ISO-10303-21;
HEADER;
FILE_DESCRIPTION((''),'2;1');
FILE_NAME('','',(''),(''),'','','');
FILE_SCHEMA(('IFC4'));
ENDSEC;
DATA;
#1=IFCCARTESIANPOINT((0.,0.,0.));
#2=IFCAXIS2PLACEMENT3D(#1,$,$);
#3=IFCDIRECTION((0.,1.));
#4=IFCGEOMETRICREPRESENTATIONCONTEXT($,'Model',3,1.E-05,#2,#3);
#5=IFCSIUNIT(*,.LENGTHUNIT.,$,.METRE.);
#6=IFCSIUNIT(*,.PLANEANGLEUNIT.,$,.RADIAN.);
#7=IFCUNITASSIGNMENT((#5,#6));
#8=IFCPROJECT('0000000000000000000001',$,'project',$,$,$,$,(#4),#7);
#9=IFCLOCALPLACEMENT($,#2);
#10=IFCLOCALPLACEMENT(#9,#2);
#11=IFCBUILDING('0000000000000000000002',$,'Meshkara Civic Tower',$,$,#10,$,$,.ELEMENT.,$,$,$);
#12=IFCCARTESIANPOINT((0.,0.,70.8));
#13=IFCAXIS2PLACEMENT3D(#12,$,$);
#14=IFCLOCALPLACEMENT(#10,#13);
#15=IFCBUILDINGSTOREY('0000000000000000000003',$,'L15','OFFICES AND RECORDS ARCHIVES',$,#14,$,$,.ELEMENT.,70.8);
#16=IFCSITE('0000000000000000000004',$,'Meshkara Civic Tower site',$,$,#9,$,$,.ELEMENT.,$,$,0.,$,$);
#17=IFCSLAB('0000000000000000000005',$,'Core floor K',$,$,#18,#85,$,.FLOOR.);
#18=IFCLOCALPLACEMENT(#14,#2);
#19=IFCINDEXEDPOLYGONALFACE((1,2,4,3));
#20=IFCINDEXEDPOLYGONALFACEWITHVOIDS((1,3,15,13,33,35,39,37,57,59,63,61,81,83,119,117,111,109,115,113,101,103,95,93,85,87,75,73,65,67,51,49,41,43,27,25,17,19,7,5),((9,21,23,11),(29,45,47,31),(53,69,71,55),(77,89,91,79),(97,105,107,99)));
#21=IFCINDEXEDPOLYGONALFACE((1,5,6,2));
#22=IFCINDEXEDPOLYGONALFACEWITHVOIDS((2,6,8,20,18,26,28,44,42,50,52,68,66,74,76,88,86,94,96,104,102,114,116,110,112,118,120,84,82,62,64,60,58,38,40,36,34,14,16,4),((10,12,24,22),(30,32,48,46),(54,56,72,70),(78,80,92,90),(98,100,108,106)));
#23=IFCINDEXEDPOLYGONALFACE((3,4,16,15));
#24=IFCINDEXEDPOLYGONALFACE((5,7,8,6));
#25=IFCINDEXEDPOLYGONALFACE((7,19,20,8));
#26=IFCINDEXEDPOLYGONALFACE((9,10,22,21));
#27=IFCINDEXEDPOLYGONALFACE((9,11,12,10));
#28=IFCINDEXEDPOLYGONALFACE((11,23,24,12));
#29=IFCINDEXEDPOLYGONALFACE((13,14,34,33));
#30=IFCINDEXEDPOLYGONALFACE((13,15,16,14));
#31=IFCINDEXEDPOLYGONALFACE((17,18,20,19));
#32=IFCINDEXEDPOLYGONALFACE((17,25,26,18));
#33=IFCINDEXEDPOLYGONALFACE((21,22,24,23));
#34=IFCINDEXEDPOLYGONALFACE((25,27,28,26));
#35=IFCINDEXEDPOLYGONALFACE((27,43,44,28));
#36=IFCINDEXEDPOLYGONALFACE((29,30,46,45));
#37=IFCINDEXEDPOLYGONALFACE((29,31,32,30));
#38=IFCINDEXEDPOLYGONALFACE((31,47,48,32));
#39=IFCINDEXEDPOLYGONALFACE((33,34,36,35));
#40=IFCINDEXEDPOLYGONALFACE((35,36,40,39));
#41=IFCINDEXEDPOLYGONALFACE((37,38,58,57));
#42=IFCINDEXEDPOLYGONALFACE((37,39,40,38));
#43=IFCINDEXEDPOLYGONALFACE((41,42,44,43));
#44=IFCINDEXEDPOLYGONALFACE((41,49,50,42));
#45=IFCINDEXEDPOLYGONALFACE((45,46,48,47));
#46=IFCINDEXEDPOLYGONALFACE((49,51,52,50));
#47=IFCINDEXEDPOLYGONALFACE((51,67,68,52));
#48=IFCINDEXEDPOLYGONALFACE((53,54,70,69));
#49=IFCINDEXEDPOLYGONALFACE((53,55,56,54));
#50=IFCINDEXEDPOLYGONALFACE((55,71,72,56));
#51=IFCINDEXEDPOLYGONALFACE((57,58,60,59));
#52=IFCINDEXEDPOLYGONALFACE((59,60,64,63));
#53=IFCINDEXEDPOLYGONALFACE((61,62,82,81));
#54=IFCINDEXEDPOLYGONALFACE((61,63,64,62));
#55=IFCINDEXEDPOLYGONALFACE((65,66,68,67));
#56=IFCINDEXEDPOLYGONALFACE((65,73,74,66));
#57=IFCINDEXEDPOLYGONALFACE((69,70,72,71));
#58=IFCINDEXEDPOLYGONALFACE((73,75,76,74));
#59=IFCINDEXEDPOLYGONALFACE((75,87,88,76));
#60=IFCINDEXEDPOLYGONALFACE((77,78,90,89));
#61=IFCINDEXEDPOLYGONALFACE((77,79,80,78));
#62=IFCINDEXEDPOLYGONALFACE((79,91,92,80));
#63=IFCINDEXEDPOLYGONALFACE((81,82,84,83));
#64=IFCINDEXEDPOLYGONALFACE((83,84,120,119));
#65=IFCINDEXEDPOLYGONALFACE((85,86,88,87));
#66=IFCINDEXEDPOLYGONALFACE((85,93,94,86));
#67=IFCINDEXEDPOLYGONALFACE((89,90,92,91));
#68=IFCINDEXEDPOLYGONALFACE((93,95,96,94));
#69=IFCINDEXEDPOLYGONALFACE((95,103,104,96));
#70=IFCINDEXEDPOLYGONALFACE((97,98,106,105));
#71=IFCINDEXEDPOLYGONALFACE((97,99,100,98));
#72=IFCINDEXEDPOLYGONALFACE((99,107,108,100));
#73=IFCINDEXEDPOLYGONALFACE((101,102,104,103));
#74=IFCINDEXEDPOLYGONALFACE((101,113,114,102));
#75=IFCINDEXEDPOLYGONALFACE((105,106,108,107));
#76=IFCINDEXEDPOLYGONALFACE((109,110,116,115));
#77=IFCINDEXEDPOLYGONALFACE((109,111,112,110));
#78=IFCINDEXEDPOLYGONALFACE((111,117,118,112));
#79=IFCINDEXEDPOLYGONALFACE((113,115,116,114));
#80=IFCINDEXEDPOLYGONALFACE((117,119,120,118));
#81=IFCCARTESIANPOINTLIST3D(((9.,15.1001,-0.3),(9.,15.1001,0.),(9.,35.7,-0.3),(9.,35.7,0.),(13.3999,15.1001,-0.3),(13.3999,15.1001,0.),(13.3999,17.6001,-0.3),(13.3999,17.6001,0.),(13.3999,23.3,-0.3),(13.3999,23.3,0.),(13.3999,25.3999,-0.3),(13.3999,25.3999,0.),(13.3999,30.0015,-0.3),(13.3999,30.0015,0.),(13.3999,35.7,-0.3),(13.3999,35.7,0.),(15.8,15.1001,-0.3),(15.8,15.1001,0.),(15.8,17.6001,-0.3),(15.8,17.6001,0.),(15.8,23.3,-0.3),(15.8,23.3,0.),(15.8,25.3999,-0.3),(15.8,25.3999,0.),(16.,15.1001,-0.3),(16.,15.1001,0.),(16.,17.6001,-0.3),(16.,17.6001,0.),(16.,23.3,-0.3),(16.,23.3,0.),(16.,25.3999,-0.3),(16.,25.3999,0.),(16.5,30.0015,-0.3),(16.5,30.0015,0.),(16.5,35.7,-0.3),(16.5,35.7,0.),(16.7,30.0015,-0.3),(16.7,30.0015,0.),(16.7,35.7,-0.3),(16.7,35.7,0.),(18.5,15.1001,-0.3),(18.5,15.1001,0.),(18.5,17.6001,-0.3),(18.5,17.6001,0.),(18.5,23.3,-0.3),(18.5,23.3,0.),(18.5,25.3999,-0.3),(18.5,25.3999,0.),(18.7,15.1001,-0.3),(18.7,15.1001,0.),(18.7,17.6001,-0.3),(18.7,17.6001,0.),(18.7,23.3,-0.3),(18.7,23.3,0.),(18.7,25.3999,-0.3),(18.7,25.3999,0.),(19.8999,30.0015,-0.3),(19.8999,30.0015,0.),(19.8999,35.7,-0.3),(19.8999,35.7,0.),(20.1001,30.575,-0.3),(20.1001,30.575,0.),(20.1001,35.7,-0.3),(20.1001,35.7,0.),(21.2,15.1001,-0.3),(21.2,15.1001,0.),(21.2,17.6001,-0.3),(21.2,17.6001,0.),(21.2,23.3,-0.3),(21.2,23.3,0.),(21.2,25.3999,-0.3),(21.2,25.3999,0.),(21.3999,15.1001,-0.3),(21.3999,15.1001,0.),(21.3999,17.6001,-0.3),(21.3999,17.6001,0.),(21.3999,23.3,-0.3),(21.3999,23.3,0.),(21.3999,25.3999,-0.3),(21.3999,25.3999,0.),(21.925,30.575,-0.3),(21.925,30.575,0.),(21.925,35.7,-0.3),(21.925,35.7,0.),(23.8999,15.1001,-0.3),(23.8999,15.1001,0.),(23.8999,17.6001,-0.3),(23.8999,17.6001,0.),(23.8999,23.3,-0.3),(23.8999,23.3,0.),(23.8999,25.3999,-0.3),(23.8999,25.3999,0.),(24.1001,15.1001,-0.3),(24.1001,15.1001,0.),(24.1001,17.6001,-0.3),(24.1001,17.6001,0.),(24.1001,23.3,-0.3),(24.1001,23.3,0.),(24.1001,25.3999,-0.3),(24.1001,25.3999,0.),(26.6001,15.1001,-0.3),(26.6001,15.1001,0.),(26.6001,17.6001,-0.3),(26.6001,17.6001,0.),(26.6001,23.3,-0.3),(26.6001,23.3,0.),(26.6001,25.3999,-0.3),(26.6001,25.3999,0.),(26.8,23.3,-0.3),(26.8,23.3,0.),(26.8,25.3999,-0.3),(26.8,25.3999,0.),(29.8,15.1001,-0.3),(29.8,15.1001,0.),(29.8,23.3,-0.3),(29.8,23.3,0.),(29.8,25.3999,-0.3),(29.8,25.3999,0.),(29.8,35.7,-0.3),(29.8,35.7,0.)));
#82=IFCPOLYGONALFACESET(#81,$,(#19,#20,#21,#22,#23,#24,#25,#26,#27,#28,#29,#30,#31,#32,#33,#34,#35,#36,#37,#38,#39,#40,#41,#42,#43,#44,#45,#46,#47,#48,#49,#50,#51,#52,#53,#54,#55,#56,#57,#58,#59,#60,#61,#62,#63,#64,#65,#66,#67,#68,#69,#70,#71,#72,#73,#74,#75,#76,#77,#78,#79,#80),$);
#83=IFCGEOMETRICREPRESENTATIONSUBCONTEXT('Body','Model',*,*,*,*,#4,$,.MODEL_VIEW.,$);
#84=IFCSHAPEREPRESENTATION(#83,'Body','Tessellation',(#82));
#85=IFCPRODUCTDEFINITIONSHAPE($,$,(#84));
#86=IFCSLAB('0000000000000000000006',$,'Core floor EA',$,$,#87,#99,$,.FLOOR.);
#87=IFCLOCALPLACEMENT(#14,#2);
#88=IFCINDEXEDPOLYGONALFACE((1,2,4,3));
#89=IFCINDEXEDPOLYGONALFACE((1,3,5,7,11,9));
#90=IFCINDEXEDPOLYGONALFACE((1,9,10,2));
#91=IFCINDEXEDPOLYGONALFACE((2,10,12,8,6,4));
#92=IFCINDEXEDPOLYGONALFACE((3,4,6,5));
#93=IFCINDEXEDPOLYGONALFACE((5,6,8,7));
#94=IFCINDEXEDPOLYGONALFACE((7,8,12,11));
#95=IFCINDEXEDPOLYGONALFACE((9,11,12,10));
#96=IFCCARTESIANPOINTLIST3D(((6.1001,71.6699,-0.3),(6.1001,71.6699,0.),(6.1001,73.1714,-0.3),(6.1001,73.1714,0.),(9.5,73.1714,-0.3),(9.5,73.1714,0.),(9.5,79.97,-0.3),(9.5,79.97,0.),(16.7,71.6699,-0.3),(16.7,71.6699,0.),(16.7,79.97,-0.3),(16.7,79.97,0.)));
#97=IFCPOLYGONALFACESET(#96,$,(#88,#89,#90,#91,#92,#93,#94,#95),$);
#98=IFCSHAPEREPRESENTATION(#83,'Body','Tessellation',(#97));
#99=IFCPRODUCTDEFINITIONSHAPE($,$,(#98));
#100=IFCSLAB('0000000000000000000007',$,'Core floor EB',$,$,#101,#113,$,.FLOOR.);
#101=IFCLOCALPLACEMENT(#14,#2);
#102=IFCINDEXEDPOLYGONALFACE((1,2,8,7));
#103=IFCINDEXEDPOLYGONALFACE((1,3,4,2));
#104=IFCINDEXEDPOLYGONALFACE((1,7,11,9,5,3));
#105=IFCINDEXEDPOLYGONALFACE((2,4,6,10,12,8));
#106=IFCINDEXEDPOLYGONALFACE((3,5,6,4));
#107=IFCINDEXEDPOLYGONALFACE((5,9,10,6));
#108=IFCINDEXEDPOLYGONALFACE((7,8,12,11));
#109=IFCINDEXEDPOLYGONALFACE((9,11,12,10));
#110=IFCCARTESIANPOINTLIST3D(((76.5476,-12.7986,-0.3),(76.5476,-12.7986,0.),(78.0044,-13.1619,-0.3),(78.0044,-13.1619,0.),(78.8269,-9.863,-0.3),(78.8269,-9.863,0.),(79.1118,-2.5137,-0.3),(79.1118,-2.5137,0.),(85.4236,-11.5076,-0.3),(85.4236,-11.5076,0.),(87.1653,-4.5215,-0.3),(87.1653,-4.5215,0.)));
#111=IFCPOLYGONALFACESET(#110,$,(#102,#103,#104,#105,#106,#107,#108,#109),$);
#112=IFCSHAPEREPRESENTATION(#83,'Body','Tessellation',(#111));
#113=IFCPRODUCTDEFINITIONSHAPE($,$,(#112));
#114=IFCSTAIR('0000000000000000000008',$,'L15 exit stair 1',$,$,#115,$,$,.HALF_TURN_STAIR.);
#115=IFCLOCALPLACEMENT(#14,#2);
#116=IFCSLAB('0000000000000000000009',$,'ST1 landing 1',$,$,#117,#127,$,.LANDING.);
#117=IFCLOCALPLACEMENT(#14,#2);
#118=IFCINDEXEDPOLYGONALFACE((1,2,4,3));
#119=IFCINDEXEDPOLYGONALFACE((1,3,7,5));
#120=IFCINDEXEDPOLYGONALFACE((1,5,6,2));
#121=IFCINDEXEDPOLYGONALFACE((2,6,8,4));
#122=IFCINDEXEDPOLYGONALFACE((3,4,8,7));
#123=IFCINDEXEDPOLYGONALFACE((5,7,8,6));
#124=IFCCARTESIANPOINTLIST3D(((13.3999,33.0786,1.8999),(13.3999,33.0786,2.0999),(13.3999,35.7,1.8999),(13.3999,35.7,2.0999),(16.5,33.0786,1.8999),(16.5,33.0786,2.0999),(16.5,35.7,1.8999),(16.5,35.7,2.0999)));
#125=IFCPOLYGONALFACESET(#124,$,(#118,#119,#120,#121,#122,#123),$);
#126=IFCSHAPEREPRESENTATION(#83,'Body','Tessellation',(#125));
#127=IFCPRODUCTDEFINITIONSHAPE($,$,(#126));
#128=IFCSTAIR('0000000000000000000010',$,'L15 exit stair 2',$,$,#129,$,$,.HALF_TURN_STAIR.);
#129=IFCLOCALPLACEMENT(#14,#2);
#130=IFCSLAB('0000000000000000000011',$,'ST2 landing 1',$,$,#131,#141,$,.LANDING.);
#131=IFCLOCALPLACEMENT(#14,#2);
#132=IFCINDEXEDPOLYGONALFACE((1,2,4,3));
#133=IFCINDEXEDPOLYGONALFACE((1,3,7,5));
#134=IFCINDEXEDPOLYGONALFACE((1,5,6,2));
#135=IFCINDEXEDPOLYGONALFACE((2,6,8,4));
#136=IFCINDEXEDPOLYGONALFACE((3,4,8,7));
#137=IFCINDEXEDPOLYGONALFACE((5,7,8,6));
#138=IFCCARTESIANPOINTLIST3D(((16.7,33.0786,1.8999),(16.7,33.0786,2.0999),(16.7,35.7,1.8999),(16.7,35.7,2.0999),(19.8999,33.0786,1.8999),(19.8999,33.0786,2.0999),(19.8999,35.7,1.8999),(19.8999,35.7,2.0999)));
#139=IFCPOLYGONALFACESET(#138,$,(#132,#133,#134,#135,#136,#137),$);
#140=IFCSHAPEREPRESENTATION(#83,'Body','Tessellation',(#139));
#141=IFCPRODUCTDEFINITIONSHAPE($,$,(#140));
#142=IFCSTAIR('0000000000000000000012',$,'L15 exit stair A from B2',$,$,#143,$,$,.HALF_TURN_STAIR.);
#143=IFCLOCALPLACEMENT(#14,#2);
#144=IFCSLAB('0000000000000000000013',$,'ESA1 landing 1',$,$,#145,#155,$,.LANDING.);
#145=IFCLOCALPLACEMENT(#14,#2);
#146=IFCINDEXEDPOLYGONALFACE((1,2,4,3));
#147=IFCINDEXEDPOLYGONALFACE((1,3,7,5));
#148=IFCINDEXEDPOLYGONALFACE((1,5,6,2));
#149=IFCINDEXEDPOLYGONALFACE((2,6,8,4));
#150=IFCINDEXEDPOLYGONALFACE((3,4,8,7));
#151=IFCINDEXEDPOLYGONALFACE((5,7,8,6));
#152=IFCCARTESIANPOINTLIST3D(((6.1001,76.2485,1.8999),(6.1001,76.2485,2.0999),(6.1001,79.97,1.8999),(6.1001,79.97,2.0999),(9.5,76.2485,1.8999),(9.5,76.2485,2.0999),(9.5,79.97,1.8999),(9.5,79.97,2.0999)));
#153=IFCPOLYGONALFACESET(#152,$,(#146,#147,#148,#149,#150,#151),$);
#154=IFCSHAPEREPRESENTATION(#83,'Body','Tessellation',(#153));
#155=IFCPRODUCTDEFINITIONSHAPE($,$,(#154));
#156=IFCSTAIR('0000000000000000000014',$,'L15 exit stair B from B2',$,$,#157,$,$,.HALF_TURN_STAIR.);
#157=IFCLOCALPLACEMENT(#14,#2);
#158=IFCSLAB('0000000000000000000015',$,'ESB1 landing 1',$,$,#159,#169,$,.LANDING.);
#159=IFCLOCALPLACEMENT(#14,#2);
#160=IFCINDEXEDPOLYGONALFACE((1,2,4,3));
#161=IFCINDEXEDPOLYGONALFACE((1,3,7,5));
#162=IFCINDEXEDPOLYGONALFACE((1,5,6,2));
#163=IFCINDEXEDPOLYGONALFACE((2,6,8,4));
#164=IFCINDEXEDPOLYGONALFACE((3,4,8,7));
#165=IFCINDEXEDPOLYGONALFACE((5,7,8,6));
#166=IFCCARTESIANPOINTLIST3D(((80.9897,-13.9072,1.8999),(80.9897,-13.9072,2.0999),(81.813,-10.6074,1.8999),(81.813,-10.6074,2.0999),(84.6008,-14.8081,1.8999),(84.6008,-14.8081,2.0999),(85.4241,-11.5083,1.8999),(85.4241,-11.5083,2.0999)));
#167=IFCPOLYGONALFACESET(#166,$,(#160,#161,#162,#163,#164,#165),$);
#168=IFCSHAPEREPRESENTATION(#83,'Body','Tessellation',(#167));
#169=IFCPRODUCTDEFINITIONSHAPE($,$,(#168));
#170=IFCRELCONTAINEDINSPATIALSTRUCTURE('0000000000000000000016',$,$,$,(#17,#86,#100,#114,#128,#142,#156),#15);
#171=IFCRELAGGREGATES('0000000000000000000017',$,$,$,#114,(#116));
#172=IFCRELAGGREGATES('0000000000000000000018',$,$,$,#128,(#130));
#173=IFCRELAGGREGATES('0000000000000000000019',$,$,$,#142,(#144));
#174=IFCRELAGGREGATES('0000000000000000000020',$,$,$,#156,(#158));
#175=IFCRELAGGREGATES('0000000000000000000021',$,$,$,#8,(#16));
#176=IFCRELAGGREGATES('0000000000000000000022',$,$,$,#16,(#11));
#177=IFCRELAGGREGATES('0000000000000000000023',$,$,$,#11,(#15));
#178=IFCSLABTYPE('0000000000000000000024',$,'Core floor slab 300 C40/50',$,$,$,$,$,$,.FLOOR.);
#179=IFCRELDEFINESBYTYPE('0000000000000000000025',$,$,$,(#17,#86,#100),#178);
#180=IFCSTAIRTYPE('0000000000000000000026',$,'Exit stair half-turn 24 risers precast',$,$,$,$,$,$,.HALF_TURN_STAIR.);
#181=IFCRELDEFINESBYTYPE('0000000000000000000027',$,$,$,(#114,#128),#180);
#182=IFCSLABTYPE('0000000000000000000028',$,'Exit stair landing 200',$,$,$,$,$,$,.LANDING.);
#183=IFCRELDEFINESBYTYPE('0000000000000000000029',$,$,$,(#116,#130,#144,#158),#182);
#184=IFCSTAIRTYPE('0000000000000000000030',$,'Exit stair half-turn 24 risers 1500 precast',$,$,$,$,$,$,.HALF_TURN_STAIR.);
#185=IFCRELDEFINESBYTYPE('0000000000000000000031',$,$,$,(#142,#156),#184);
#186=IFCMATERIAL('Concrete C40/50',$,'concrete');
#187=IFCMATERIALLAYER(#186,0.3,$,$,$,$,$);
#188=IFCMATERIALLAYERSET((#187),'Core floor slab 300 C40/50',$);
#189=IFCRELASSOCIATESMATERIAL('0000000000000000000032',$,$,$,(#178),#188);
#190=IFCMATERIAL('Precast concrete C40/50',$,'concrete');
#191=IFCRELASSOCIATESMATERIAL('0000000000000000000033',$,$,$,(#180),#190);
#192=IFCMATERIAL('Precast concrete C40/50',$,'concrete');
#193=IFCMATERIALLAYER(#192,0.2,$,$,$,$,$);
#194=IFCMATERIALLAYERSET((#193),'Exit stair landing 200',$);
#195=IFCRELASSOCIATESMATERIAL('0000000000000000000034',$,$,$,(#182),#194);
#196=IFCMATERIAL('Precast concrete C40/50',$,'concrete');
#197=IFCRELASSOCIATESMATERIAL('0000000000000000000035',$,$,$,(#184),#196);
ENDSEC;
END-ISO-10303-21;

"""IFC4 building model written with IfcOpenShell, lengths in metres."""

from ifc_helpers import new_model, si_unit, direction, frame, origin, place, context, subcontext, project, spatial, polyline, outline, extrude, material, layer, layer_set, type_object, element, aggregate, save


model = new_model("IFC4")

# Units and contexts
model_context = context("Model", 3, precision=1e-05, world=origin(), true_north=direction((0.0, 1.0)))
body_context = subcontext(model_context, "Body", "Model", "MODEL_VIEW")
ifc_project = project(units=[si_unit("LENGTHUNIT", "METRE"), si_unit("PLANEANGLEUNIT", "RADIAN")], contexts=[model_context])

# Site, building, storey
site_placement = place(None, origin())
site = spatial("IfcSite", under=ifc_project, at=site_placement, Name="Meshkara Civic Tower site", CompositionType="ELEMENT", RefElevation=0.0)
building_placement = place(site_placement, origin())
building = spatial("IfcBuilding", under=site, at=building_placement, Name="Meshkara Civic Tower", CompositionType="ELEMENT")
storey_placement = place(building_placement, frame((0.0, 0.0, 70.8)))
storey = spatial("IfcBuildingStorey", under=building, at=storey_placement, Name="L15", Description="OFFICES AND RECORDS ARCHIVES", CompositionType="ELEMENT", Elevation=70.8)

# Slabs
ifc_material_1 = material(Name="Concrete C40/50", Category="concrete")
ifc_layer_1 = layer(ifc_material_1, 0.3)
ifc_layer_set_1 = layer_set([ifc_layer_1], Name="Core floor slab 300 C40/50")
slab_type_1 = type_object("IfcSlabType", Name="Core floor slab 300 C40/50", PredefinedType="FLOOR", material=ifc_layer_set_1)
slab_1_placement = place(storey_placement, frame((0.0, 0.0, -0.3)))
element("IfcSlab", 1, at=slab_1_placement, inside=storey, type_object=slab_type_1, Name="Core floor K", PredefinedType="FLOOR", context=body_context, shape_type="SweptSolid", body=[
    extrude(outline(polyline([(9.0, 35.7), (13.3999, 35.7), (13.3999, 30.0015), (16.5, 30.0015), (16.5, 35.7), (16.7, 35.7), (16.7, 30.0015), (19.8999, 30.0015), (19.8999, 35.7), (20.1001, 35.7), (20.1001, 30.575), (21.925, 30.575), (21.925, 35.7), (29.8, 35.7), (29.8, 25.3999), (26.8, 25.3999), (26.8, 23.3), (29.8, 23.3), (29.8, 15.1001), (26.6001, 15.1001), (26.6001, 17.6001), (24.1001, 17.6001), (24.1001, 15.1001), (23.8999, 15.1001), (23.8999, 17.6001), (21.3999, 17.6001), (21.3999, 15.1001), (21.2, 15.1001), (21.2, 17.6001), (18.7, 17.6001), (18.7, 15.1001), (18.5, 15.1001), (18.5, 17.6001), (16.0, 17.6001), (16.0, 15.1001), (15.8, 15.1001), (15.8, 17.6001), (13.3999, 17.6001), (13.3999, 15.1001), (9.0, 15.1001), (9.0, 35.7)]), holes=[polyline([(13.3999, 25.3999), (13.3999, 23.3), (15.8, 23.3), (15.8, 25.3999), (13.3999, 25.3999)]), polyline([(18.5, 23.3), (18.5, 25.3999), (16.0, 25.3999), (16.0, 23.3), (18.5, 23.3)]), polyline([(18.7, 25.3999), (18.7, 23.3), (21.2, 23.3), (21.2, 25.3999), (18.7, 25.3999)]), polyline([(23.8999, 23.3), (23.8999, 25.3999), (21.3999, 25.3999), (21.3999, 23.3), (23.8999, 23.3)]), polyline([(26.6001, 23.3), (26.6001, 25.3999), (24.1001, 25.3999), (24.1001, 23.3), (26.6001, 23.3)])]), origin(), (0.0, 0.0, 1.0), 0.3),
])
slab_2_placement = place(storey_placement, frame((0.0, 0.0, -0.3)))
element("IfcSlab", 2, at=slab_2_placement, inside=storey, type_object=slab_type_1, Name="Core floor EA", PredefinedType="FLOOR", context=body_context, shape_type="SweptSolid", body=[
    extrude(outline(polyline([(16.7, 71.6699), (16.7, 79.97), (9.5, 79.97), (9.5, 73.1714), (6.1001, 73.1714), (6.1001, 71.6699), (16.7, 71.6699)])), origin(), (0.0, 0.0, 1.0), 0.3),
])
slab_3_placement = place(storey_placement, frame((0.0, 0.0, -0.3)))
element("IfcSlab", 3, at=slab_3_placement, inside=storey, type_object=slab_type_1, Name="Core floor EB", PredefinedType="FLOOR", context=body_context, shape_type="SweptSolid", body=[
    extrude(outline(polyline([(79.1118, -2.5137), (87.1653, -4.5215), (85.4236, -11.5076), (78.8269, -9.863), (78.0044, -13.1619), (76.5476, -12.7986), (79.1118, -2.5137)])), origin(), (0.0, 0.0, 1.0), 0.3),
])

# Stairs, slabs
ifc_material_2 = material(Name="Precast concrete C40/50", Category="concrete")
stair_type_1 = type_object("IfcStairType", Name="Exit stair half-turn 24 risers precast", PredefinedType="HALF_TURN_STAIR", material=ifc_material_2)
stair_1_placement = place(storey_placement, origin())
stair_1 = element("IfcStair", 4, at=stair_1_placement, inside=storey, type_object=stair_type_1, Name="L15 exit stair 1", PredefinedType="HALF_TURN_STAIR")
ifc_material_3 = material(Name="Precast concrete C40/50", Category="concrete")
ifc_layer_2 = layer(ifc_material_3, 0.2)
ifc_layer_set_2 = layer_set([ifc_layer_2], Name="Exit stair landing 200")
slab_type_2 = type_object("IfcSlabType", Name="Exit stair landing 200", PredefinedType="LANDING", material=ifc_layer_set_2)
slab_4_placement = place(storey_placement, frame((0.0, 0.0, 1.8999)))
slab_4 = element("IfcSlab", 5, at=slab_4_placement, type_object=slab_type_2, Name="ST1 landing 1", PredefinedType="LANDING", context=body_context, shape_type="SweptSolid", body=[
    extrude(outline(polyline([(16.5, 33.0786), (16.5, 35.7), (13.3999, 35.7), (13.3999, 33.0786), (16.5, 33.0786)])), origin(), (0.0, 0.0, 1.0), 0.2),
])
aggregate(stair_1, [slab_4])
stair_2_placement = place(storey_placement, origin())
stair_2 = element("IfcStair", 6, at=stair_2_placement, inside=storey, type_object=stair_type_1, Name="L15 exit stair 2", PredefinedType="HALF_TURN_STAIR")
slab_5_placement = place(storey_placement, frame((0.0, 0.0, 1.8999)))
slab_5 = element("IfcSlab", 7, at=slab_5_placement, type_object=slab_type_2, Name="ST2 landing 1", PredefinedType="LANDING", context=body_context, shape_type="SweptSolid", body=[
    extrude(outline(polyline([(19.8999, 33.0786), (19.8999, 35.7), (16.7, 35.7), (16.7, 33.0786), (19.8999, 33.0786)])), origin(), (0.0, 0.0, 1.0), 0.2),
])
aggregate(stair_2, [slab_5])
ifc_material_4 = material(Name="Precast concrete C40/50", Category="concrete")
stair_type_2 = type_object("IfcStairType", Name="Exit stair half-turn 24 risers 1500 precast", PredefinedType="HALF_TURN_STAIR", material=ifc_material_4)
stair_3_placement = place(storey_placement, origin())
stair_3 = element("IfcStair", 8, at=stair_3_placement, inside=storey, type_object=stair_type_2, Name="L15 exit stair A from B2", PredefinedType="HALF_TURN_STAIR")
slab_6_placement = place(storey_placement, frame((0.0, 0.0, 1.8999)))
slab_6 = element("IfcSlab", 9, at=slab_6_placement, type_object=slab_type_2, Name="ESA1 landing 1", PredefinedType="LANDING", context=body_context, shape_type="SweptSolid", body=[
    extrude(outline(polyline([(9.5, 76.2485), (9.5, 79.97), (6.1001, 79.97), (6.1001, 76.2485), (9.5, 76.2485)])), origin(), (0.0, 0.0, 1.0), 0.2),
])
aggregate(stair_3, [slab_6])
stair_4_placement = place(storey_placement, origin())
stair_4 = element("IfcStair", 10, at=stair_4_placement, inside=storey, type_object=stair_type_2, Name="L15 exit stair B from B2", PredefinedType="HALF_TURN_STAIR")
slab_7_placement = place(storey_placement, frame((0.0, 0.0, 1.8999)))
slab_7 = element("IfcSlab", 11, at=slab_7_placement, type_object=slab_type_2, Name="ESB1 landing 1", PredefinedType="LANDING", context=body_context, shape_type="SweptSolid", body=[
    extrude(outline(polyline([(80.9897, -13.9072), (84.6008, -14.8081), (85.4241, -11.5083), (81.813, -10.6074), (80.9897, -13.9072)])), origin(), (0.0, 0.0, 1.0), 0.2),
])
aggregate(stair_4, [slab_7])

save(model, "model.ifc")
